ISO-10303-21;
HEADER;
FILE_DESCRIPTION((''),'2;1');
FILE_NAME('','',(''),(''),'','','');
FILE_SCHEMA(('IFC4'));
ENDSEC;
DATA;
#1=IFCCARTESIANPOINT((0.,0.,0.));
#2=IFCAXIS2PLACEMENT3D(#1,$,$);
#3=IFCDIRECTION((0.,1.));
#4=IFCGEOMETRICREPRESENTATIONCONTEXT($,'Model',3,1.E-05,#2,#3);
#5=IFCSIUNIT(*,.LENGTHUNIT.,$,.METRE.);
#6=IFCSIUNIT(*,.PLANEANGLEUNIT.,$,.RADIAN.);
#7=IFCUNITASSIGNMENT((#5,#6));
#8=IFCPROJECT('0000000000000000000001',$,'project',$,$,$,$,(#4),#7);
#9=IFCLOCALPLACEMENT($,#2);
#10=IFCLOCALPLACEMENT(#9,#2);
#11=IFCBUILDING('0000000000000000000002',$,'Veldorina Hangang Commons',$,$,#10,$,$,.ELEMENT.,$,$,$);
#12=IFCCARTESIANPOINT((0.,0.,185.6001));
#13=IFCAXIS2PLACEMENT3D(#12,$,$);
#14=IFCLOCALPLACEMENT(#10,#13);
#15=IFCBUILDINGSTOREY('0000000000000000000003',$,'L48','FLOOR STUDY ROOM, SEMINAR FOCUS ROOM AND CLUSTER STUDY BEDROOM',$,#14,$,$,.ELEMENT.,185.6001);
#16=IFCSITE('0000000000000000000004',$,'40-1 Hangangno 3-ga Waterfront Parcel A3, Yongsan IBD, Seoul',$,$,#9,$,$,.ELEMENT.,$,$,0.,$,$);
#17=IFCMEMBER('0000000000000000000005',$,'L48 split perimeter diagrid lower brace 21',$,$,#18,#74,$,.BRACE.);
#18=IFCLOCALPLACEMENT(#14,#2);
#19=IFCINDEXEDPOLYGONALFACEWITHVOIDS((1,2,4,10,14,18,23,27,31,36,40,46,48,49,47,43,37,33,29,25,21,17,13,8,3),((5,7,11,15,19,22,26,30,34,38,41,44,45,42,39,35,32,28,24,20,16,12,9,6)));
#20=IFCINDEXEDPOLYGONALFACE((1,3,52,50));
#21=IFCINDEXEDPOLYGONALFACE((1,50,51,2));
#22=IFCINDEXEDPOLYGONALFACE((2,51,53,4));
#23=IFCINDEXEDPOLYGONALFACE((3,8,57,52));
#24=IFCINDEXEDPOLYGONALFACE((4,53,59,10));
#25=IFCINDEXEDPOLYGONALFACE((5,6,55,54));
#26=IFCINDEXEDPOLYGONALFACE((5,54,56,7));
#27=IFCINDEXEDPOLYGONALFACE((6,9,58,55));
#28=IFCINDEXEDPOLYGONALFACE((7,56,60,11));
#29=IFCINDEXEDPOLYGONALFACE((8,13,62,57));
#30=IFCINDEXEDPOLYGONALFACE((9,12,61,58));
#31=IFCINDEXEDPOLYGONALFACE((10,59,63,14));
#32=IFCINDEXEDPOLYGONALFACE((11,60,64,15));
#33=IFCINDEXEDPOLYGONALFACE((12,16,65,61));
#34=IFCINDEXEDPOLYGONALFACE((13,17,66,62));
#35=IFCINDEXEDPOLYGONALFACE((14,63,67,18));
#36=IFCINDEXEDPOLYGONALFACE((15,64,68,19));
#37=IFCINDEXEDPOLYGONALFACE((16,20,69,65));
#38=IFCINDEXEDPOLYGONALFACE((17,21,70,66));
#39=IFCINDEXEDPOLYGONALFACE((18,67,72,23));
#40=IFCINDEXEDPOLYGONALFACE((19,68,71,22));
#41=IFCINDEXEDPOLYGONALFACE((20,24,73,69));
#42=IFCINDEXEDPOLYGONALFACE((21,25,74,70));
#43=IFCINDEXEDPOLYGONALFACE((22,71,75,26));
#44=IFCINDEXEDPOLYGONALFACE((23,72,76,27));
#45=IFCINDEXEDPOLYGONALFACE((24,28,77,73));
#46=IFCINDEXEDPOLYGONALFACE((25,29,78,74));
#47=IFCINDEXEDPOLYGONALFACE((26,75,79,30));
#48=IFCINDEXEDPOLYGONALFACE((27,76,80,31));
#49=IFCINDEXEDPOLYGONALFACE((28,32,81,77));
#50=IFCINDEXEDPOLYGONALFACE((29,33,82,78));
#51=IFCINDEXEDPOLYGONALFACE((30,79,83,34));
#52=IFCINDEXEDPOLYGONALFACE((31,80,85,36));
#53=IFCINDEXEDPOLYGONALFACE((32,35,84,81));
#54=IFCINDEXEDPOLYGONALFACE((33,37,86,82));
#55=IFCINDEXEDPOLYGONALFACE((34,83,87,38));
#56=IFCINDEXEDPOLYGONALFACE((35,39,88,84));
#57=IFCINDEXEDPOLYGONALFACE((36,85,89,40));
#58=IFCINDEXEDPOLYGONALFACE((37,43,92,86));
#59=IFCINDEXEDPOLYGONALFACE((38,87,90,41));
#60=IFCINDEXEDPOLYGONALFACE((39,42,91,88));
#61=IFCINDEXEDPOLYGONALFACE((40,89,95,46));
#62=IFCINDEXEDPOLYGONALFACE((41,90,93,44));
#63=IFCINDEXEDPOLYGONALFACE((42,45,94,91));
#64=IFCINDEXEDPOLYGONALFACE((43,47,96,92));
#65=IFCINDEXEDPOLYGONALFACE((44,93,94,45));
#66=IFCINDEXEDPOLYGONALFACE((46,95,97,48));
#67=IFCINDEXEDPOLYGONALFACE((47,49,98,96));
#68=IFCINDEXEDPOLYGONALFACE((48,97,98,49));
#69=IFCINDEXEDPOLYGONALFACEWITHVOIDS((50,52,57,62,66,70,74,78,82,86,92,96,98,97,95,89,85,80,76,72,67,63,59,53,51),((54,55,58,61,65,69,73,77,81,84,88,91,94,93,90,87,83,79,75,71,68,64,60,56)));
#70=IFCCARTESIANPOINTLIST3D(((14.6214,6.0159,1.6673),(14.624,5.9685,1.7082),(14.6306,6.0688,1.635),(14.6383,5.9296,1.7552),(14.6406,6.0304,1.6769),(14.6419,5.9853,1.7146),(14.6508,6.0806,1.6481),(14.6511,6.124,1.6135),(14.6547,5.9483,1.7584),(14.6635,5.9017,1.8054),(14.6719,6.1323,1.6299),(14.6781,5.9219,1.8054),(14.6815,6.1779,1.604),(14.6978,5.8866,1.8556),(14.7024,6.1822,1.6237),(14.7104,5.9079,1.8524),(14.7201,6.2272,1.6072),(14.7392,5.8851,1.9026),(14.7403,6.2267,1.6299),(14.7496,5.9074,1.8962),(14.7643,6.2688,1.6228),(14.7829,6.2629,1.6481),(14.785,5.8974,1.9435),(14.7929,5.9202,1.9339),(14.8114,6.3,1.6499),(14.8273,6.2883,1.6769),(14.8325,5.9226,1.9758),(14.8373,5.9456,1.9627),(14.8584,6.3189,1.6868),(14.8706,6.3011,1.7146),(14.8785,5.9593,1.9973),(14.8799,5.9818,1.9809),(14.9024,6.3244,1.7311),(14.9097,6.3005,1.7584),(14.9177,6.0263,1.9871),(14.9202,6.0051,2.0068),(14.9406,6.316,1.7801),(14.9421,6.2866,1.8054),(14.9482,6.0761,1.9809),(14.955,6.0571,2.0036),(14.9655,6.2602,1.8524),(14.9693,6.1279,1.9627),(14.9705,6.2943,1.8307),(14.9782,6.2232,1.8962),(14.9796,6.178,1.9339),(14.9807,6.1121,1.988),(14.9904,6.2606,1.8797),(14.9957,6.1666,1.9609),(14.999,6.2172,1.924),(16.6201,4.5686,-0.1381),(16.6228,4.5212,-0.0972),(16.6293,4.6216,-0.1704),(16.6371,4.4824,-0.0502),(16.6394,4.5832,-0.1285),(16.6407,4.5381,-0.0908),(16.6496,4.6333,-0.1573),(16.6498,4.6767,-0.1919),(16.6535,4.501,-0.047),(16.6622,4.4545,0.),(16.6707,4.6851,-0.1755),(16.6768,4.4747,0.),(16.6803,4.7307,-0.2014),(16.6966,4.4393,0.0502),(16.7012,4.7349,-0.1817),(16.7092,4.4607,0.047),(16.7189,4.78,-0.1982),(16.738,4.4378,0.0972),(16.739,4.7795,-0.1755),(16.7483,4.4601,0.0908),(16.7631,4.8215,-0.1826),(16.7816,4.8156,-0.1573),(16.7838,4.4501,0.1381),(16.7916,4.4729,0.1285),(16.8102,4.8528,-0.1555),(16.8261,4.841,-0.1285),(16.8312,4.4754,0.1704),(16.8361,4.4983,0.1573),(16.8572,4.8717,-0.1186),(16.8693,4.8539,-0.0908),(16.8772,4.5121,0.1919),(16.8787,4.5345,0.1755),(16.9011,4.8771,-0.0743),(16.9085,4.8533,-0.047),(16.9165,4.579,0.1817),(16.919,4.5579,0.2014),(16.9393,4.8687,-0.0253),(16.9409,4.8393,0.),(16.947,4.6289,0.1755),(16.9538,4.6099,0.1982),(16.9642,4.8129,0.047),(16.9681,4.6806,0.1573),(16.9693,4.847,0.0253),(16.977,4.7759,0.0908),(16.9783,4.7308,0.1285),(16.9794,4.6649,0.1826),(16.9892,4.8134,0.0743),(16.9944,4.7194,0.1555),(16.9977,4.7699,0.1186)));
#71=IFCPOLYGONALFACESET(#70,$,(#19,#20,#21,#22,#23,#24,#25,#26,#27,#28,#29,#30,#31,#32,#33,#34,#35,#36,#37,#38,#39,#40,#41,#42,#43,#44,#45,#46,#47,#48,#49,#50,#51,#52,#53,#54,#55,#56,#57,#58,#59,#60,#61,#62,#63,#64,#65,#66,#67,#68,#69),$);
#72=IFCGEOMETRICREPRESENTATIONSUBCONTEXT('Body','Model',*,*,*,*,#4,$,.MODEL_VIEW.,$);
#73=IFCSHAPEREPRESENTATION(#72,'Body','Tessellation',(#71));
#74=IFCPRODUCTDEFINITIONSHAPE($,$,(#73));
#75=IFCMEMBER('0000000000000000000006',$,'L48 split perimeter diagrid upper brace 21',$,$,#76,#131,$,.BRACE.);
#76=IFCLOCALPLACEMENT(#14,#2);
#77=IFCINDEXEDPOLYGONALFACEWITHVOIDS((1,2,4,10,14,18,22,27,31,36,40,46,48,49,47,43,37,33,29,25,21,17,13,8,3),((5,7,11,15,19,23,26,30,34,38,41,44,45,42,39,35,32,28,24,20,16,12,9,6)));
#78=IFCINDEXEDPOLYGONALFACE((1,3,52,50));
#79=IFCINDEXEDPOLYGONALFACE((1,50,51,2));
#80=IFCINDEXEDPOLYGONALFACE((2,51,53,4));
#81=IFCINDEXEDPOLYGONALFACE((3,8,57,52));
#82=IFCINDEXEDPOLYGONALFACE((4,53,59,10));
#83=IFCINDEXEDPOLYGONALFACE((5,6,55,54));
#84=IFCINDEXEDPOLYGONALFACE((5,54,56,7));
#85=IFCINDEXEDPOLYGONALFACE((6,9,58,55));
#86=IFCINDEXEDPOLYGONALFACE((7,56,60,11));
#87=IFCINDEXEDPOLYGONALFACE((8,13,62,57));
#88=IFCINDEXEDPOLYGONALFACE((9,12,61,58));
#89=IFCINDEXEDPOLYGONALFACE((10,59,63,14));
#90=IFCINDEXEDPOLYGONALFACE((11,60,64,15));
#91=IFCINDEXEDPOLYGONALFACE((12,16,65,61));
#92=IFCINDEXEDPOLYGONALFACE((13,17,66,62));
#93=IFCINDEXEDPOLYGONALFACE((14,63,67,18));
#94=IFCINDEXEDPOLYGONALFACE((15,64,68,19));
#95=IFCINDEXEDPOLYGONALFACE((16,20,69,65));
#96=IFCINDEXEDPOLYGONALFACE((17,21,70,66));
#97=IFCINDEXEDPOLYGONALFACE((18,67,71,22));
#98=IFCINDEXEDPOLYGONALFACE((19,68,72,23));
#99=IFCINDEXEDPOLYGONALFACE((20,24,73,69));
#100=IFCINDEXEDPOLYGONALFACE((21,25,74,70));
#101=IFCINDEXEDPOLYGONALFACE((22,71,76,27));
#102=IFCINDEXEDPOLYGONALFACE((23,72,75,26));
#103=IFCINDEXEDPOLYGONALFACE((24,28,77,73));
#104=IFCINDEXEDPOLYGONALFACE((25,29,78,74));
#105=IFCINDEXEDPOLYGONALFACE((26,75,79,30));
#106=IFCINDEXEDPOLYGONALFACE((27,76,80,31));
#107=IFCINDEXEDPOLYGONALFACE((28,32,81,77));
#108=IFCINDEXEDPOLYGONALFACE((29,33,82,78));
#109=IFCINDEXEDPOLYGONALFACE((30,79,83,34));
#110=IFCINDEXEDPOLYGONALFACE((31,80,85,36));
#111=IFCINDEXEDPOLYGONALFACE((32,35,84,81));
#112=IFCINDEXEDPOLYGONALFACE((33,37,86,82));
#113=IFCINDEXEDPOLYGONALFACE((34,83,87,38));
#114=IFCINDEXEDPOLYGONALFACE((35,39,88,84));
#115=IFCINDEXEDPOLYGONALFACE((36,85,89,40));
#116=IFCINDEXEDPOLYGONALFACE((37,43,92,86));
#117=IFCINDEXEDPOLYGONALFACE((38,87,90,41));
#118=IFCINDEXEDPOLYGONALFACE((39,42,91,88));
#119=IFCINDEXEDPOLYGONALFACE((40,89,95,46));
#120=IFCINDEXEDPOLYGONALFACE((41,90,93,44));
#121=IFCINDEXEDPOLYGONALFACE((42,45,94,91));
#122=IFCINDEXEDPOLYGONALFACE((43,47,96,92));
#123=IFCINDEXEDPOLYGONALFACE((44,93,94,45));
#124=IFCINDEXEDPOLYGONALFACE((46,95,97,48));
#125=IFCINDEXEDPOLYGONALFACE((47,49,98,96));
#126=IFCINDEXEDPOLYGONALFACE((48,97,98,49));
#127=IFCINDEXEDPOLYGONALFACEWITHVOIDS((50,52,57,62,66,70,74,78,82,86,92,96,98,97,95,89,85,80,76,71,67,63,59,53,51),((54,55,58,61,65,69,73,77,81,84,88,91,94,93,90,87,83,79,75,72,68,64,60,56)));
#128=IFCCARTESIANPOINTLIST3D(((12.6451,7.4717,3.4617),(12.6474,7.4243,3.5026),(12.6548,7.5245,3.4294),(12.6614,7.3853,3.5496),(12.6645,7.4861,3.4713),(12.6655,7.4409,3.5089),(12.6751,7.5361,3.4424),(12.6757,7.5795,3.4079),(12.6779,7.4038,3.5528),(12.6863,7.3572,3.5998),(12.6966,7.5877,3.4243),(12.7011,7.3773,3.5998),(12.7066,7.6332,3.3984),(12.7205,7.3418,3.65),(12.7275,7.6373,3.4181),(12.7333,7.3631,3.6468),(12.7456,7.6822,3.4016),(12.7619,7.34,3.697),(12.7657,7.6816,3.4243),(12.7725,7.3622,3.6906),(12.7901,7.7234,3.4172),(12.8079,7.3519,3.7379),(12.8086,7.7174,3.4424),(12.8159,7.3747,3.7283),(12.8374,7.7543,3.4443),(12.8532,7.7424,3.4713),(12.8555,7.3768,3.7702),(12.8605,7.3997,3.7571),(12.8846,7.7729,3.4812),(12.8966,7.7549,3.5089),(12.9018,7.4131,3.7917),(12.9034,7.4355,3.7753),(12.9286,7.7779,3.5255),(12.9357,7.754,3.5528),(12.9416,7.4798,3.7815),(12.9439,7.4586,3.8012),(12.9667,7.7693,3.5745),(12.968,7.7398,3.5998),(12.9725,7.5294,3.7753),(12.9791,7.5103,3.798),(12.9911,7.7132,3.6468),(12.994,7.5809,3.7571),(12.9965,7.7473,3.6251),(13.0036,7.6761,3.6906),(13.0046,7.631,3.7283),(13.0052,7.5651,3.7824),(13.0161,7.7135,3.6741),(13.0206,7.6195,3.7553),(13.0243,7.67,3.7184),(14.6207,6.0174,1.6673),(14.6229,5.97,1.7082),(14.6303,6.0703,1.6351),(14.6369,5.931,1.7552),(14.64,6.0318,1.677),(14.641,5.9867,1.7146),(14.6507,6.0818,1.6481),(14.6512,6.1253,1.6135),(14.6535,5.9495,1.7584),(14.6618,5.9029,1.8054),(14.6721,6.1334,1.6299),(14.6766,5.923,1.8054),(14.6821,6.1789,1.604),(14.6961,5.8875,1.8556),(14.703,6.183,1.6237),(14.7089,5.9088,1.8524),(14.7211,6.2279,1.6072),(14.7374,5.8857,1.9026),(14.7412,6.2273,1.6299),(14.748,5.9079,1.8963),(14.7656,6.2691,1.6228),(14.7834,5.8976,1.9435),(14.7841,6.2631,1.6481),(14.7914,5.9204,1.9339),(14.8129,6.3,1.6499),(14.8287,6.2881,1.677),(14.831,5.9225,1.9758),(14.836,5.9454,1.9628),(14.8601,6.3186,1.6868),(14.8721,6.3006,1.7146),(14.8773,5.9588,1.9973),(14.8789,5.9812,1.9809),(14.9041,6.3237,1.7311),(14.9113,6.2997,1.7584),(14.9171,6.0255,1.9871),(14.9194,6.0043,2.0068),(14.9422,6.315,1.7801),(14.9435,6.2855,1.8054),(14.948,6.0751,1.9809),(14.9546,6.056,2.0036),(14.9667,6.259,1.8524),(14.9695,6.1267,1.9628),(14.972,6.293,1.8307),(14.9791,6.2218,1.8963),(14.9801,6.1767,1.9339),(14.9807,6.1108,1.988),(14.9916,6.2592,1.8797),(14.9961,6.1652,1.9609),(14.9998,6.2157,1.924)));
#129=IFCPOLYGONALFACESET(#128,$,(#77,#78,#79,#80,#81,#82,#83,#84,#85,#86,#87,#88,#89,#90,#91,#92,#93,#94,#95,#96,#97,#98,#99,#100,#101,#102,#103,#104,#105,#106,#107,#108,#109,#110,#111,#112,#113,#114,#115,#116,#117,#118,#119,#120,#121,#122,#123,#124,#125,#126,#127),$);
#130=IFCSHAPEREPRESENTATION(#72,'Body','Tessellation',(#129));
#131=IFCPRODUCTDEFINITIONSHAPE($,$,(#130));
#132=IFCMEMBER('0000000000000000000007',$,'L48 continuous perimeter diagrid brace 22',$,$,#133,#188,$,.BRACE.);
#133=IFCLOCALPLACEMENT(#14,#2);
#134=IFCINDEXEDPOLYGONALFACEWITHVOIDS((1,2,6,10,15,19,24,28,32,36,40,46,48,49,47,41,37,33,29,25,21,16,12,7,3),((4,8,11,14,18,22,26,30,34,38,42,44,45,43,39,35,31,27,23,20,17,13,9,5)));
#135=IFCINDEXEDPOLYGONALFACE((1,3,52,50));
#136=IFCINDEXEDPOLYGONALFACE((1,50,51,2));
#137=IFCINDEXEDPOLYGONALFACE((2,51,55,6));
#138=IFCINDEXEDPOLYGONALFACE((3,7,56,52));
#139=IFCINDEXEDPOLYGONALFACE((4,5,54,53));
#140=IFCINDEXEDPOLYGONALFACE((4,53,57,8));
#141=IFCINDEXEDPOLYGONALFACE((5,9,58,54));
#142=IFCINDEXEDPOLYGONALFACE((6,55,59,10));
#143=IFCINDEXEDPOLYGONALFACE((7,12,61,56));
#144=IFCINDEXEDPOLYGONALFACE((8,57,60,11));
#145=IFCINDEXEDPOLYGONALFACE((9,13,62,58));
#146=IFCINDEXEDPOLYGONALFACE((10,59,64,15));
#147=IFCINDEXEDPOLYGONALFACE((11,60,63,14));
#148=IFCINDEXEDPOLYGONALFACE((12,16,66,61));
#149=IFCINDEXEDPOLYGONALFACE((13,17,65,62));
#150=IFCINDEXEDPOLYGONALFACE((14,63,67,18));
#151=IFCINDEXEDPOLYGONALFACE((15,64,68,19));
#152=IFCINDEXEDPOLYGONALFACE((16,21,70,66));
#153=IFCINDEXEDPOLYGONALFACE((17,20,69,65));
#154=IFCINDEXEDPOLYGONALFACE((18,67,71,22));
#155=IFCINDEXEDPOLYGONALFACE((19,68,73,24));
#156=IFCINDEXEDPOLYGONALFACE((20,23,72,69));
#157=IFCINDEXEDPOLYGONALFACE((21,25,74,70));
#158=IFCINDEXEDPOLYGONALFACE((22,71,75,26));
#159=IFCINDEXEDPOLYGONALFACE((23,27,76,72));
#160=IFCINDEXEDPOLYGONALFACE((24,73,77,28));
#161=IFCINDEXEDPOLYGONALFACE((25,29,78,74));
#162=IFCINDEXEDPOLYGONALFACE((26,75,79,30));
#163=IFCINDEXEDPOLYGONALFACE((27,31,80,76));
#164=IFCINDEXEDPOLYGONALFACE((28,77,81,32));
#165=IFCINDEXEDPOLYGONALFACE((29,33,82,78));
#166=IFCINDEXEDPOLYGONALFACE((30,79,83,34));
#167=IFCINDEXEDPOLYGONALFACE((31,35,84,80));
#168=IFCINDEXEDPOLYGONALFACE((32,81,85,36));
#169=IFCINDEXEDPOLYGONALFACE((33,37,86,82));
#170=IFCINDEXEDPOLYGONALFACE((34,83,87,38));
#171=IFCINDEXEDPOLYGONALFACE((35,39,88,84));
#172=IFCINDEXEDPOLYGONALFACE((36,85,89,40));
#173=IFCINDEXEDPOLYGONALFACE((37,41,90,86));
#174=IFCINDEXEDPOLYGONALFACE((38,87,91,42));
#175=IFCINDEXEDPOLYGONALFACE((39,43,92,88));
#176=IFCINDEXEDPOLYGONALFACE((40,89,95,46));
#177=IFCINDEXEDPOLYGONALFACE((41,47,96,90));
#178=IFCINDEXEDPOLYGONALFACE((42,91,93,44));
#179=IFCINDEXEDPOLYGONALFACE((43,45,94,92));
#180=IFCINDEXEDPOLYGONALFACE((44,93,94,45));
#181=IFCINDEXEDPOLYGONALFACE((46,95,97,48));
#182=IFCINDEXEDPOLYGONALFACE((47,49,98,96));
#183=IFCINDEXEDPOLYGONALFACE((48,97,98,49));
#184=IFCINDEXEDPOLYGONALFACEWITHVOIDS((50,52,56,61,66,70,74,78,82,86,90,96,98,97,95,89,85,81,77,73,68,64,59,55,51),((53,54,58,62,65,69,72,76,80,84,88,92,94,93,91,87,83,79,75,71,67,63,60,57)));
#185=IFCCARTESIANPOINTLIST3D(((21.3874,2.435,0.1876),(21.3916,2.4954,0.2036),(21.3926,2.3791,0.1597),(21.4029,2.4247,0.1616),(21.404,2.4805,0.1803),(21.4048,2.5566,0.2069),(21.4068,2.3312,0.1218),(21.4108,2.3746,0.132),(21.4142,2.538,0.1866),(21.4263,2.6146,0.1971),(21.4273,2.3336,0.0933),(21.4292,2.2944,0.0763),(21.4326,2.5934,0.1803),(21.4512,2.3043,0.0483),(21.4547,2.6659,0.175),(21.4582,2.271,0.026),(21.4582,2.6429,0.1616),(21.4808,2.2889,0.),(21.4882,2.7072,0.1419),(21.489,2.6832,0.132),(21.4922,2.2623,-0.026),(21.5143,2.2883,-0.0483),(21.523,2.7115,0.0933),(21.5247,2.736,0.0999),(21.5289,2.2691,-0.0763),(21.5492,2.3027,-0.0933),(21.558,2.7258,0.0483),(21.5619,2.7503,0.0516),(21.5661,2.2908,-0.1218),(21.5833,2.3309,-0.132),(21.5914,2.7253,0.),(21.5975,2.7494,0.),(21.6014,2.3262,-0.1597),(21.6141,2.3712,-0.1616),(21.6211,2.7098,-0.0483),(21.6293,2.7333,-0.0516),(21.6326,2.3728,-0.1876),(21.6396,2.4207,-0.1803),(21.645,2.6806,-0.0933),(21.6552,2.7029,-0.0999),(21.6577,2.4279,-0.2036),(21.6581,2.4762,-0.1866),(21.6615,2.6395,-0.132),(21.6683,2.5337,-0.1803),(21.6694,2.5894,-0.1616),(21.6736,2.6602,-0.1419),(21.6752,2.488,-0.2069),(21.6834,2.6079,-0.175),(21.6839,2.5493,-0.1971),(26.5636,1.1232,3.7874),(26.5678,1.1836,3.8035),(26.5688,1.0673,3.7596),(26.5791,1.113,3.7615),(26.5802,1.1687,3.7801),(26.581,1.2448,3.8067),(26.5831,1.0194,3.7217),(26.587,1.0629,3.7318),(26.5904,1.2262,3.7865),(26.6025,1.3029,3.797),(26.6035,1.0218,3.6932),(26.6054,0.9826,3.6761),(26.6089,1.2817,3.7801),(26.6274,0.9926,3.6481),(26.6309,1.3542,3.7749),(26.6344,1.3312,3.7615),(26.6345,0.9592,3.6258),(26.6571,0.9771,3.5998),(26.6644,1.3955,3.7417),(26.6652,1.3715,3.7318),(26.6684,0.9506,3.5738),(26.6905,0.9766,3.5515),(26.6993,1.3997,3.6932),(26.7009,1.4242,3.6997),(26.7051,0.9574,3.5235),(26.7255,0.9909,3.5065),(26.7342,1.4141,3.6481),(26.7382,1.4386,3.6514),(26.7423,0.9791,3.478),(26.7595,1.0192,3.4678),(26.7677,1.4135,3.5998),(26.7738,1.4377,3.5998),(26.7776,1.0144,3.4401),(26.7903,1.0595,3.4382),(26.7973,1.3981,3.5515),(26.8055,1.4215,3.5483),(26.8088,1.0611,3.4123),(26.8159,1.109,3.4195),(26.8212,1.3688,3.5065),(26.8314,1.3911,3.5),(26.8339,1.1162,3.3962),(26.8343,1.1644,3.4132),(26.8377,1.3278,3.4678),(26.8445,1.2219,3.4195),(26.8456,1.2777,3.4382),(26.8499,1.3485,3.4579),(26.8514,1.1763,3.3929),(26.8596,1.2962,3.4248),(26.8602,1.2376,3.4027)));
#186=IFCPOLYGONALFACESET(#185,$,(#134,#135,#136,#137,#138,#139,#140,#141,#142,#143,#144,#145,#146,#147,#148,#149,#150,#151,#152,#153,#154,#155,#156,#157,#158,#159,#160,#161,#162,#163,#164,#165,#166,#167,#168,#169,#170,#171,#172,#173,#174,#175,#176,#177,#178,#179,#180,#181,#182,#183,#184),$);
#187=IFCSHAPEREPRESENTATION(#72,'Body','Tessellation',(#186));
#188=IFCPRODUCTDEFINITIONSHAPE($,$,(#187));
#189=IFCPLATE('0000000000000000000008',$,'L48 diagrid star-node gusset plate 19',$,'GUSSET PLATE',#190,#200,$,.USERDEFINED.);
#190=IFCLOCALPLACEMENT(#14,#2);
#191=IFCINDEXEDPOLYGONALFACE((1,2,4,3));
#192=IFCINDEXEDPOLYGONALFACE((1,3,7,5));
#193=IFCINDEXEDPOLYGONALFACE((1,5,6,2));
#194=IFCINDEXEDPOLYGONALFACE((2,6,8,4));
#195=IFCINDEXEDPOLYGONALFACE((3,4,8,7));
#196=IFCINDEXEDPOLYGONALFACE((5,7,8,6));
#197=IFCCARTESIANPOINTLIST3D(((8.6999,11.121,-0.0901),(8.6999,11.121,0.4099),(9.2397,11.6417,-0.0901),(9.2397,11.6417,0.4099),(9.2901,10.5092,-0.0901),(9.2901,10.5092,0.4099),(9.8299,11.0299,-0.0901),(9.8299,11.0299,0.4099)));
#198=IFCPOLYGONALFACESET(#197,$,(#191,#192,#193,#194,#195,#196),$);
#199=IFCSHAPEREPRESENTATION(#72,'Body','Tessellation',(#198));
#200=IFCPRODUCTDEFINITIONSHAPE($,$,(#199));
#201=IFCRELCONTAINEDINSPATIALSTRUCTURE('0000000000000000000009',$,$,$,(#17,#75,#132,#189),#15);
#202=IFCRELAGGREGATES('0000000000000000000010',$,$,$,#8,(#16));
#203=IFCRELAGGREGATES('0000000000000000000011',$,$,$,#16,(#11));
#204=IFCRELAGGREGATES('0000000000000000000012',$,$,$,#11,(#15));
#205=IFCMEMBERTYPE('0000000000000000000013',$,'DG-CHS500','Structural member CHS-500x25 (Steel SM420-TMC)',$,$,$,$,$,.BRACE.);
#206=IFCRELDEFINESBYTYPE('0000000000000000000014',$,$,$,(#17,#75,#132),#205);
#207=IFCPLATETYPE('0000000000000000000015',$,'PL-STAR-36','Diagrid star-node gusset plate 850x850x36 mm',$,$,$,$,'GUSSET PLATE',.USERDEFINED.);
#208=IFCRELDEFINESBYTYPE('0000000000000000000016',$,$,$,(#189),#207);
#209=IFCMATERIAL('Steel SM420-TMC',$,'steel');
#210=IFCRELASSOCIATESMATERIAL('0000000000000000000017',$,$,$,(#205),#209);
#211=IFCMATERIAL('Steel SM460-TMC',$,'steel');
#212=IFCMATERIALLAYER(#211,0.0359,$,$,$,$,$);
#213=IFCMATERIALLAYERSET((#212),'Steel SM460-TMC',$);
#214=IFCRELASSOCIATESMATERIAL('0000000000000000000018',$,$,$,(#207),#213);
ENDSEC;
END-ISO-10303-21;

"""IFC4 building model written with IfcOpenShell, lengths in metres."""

from ifc_helpers import new_model, si_unit, direction, frame, origin, origin_2d, place, context, subcontext, project, spatial, rectangle, hollow_circle, extrude, material, layer, layer_set, material_profile, profile_set, type_object, element, save


model = new_model("IFC4")

# Units and contexts
model_context = context("Model", 3, precision=1e-05, world=origin(), true_north=direction((0.0, 1.0)))
body_context = subcontext(model_context, "Body", "Model", "MODEL_VIEW")
ifc_project = project(units=[si_unit("LENGTHUNIT", "METRE"), si_unit("PLANEANGLEUNIT", "RADIAN")], contexts=[model_context])

# Site, building, storey
site_placement = place(None, origin())
site = spatial("IfcSite", under=ifc_project, at=site_placement, Name="40-1 Hangangno 3-ga Waterfront Parcel A3, Yongsan IBD, Seoul", CompositionType="ELEMENT", RefElevation=0.0)
building_placement = place(site_placement, origin())
building = spatial("IfcBuilding", under=site, at=building_placement, Name="Veldorina Hangang Commons", CompositionType="ELEMENT")
storey_placement = place(building_placement, frame((0.0, 0.0, 185.6001)))
storey = spatial("IfcBuildingStorey", under=building, at=storey_placement, Name="L48", Description="FLOOR STUDY ROOM, SEMINAR FOCUS ROOM AND CLUSTER STUDY BEDROOM", CompositionType="ELEMENT", Elevation=185.6001)

# Shared definitions
ifc_material_1 = material(Name="Steel SM420-TMC", Category="steel")

# Members
ifc_material_profile_1 = material_profile(ifc_material_1, hollow_circle(Radius=0.25, WallThickness=0.0249, at=origin_2d()), Name="CHS-500x25")
ifc_profile_set_1 = profile_set([ifc_material_profile_1], Name="Steel SM420-TMC")
member_type = type_object("IfcMemberType", Name="DG-CHS500", Description="Structural member CHS-500x25 (Steel SM420-TMC)", PredefinedType="BRACE", material=ifc_profile_set_1)
member_1_placement = place(storey_placement, frame((16.8088, 4.657, 0.0), z_axis=(-0.653697, 0.473326, 0.59046), x_axis=(-0.586476, -0.809966, 0.0)))
element("IfcMember", 1, at=member_1_placement, inside=storey, type_object=member_type, Name="L48 split perimeter diagrid lower brace 21", PredefinedType="BRACE", context=body_context, shape_type="SweptSolid", body=[
    extrude(hollow_circle(Radius=0.25, WallThickness=0.0249, at=origin_2d()), origin(), (0.0, 0.0, 1.0), 3.0576),
])
member_2_placement = place(storey_placement, frame((14.8101, 6.1042, 1.8054), z_axis=(-0.649989, 0.478495, 0.590388), x_axis=(-0.592843, -0.805318, 0.0)))
element("IfcMember", 2, at=member_2_placement, inside=storey, type_object=member_type, Name="L48 split perimeter diagrid upper brace 21", PredefinedType="BRACE", context=body_context, shape_type="SweptSolid", body=[
    extrude(hollow_circle(Radius=0.25, WallThickness=0.0249, at=origin_2d()), origin(), (0.0, 0.0, 1.0), 3.0393),
])
member_3_placement = place(storey_placement, frame((21.5361, 2.5071, 0.0), z_axis=(0.80377, -0.203691, 0.558985), x_axis=(0.245654, 0.969358, 0.0)))
element("IfcMember", 3, at=member_3_placement, inside=storey, type_object=member_type, Name="L48 continuous perimeter diagrid brace 22", PredefinedType="BRACE", context=body_context, shape_type="SweptSolid", body=[
    extrude(hollow_circle(Radius=0.25, WallThickness=0.0249, at=origin_2d()), origin(), (0.0, 0.0, 1.0), 6.4399),
])

# Plate
ifc_material_2 = material(Name="Steel SM460-TMC", Category="steel")
ifc_layer_1 = layer(ifc_material_2, 0.0359)
ifc_layer_set_1 = layer_set([ifc_layer_1], Name="Steel SM460-TMC")
plate_type = type_object("IfcPlateType", Name="PL-STAR-36", Description="Diagrid star-node gusset plate 850x850x36 mm", ElementType="GUSSET PLATE", PredefinedType="USERDEFINED", material=ifc_layer_set_1)
for number, where, z_axis, x_axis, name in (
    (4, (9.2649, 11.0754, -0.0901), (0.0, 0.0, 1.0), (0.694257, -0.719728, 0.0), "L48 diagrid star-node gusset plate 19"),
):
    element("IfcPlate", number, at=place(storey_placement, frame(where, z_axis=z_axis, x_axis=x_axis)), inside=storey, type_object=plate_type, Name=name, ObjectType="GUSSET PLATE", PredefinedType="USERDEFINED", context=body_context, shape_type="SweptSolid", body=[
        extrude(rectangle(XDim=0.8501, YDim=0.75, at=origin_2d()), origin(), (0.0, 0.0, 1.0), 0.5),
    ])

save(model, "model.ifc")
